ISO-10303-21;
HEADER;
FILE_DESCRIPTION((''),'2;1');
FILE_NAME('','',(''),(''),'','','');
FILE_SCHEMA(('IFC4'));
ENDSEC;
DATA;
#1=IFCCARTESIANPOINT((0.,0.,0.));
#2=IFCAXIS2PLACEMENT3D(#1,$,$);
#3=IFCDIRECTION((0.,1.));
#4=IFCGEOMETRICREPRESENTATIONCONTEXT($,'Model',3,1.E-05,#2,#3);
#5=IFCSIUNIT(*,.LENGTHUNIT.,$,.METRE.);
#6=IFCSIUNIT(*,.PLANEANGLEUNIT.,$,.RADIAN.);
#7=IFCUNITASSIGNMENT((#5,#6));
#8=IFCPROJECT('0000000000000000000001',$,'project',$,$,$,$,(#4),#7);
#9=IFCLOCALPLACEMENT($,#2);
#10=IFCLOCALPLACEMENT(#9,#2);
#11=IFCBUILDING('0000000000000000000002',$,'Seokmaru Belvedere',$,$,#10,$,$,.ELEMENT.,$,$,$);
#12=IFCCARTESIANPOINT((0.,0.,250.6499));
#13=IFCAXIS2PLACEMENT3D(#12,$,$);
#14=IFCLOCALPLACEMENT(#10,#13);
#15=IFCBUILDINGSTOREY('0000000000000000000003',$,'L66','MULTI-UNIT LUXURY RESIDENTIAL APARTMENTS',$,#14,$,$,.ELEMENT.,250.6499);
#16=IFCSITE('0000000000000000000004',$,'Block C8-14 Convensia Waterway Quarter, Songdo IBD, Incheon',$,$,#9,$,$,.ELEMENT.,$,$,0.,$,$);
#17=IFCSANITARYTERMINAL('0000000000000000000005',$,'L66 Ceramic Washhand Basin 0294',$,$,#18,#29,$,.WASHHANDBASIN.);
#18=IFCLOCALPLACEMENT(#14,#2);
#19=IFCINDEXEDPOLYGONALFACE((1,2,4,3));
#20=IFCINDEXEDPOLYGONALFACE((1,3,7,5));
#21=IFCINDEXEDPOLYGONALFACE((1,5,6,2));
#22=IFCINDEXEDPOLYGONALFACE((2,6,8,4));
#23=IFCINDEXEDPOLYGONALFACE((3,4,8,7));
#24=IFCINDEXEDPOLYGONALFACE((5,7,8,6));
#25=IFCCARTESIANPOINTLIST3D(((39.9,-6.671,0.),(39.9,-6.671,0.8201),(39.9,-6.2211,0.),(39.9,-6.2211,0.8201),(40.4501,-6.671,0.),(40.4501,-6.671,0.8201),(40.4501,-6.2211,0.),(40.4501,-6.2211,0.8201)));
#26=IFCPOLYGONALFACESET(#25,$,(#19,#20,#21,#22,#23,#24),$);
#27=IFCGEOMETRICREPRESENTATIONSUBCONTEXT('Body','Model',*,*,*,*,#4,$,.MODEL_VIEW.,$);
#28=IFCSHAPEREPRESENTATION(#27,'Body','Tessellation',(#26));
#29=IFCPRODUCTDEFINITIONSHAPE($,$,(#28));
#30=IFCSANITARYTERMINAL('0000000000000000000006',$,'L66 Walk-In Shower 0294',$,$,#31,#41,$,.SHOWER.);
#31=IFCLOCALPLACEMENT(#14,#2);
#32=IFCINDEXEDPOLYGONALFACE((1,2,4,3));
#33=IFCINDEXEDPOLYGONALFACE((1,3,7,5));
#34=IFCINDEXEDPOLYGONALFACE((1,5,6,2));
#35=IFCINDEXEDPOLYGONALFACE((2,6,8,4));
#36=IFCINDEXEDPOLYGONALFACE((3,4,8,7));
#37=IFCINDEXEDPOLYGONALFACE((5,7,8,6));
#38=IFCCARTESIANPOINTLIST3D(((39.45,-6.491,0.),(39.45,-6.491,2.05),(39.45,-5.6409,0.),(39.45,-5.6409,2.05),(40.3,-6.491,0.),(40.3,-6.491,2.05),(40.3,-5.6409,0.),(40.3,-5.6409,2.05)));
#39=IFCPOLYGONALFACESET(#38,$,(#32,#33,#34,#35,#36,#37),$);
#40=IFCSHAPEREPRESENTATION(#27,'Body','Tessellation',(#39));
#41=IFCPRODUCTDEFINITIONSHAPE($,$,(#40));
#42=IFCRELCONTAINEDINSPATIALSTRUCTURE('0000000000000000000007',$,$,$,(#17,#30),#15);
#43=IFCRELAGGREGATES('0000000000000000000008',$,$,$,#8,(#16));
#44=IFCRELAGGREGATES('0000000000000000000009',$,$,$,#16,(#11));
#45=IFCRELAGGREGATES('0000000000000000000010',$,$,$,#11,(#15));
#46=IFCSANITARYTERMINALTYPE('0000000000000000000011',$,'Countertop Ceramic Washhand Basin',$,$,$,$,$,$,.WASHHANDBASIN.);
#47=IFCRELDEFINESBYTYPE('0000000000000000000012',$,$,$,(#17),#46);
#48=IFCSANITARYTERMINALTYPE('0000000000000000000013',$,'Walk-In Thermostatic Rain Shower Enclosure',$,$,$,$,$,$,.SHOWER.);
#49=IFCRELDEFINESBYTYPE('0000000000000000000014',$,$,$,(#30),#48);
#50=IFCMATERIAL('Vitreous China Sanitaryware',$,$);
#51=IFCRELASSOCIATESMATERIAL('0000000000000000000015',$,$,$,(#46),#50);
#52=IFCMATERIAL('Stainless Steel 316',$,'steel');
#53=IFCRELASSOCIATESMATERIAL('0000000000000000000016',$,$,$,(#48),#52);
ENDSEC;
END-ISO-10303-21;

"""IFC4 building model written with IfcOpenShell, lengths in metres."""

from ifc_helpers import new_model, si_unit, direction, frame, origin, origin_2d, place, context, subcontext, project, spatial, rectangle, extrude, source, transform, mapped, material, type_object, type_shapes, element, save


model = new_model("IFC4")

# Units and contexts
model_context = context("Model", 3, precision=1e-05, world=origin(), true_north=direction((0.0, 1.0)))
body_context = subcontext(model_context, "Body", "Model", "MODEL_VIEW")
ifc_project = project(units=[si_unit("LENGTHUNIT", "METRE"), si_unit("PLANEANGLEUNIT", "RADIAN")], contexts=[model_context])

# Site, building, storey
site_placement = place(None, origin())
site = spatial("IfcSite", under=ifc_project, at=site_placement, Name="Block C8-14 Convensia Waterway Quarter, Songdo IBD, Incheon", CompositionType="ELEMENT", RefElevation=0.0)
building_placement = place(site_placement, origin())
building = spatial("IfcBuilding", under=site, at=building_placement, Name="Seokmaru Belvedere", CompositionType="ELEMENT")
storey_placement = place(building_placement, frame((0.0, 0.0, 250.6499)))
storey = spatial("IfcBuildingStorey", under=building, at=storey_placement, Name="L66", Description="MULTI-UNIT LUXURY RESIDENTIAL APARTMENTS", CompositionType="ELEMENT", Elevation=250.6499)

# Shared definitions
ifc_material_1 = material(Name="Stainless Steel 316", Category="steel")

# Sanitary terminals
ifc_material_2 = material(Name="Vitreous China Sanitaryware")
sanitary_terminal_type_1 = type_object("IfcSanitaryTerminalType", Name="Countertop Ceramic Washhand Basin", PredefinedType="WASHHANDBASIN", material=ifc_material_2)
shared_shape_1 = source(origin(), body_context, "Body", "SweptSolid", [
    extrude(rectangle(XDim=0.55, YDim=0.45, at=origin_2d()), origin(), (0.0, 0.0, 1.0), 0.8201),
])
type_shapes(sanitary_terminal_type_1, [shared_shape_1])
sanitary_terminal_1_placement = place(storey_placement, frame((40.175, -6.446, 0.0), z_axis=(0.0, 0.0, 1.0), x_axis=(1.0, 0.0, 0.0)))
element("IfcSanitaryTerminal", 1, at=sanitary_terminal_1_placement, inside=storey, type_object=sanitary_terminal_type_1, Name="L66 Ceramic Washhand Basin 0294", PredefinedType="WASHHANDBASIN", context=body_context, shape_type="MappedRepresentation", body=[
    mapped(shared_shape_1, transform((0.0, 0.0, 0.0), scale=1.0)),
])
sanitary_terminal_type_2 = type_object("IfcSanitaryTerminalType", Name="Walk-In Thermostatic Rain Shower Enclosure", PredefinedType="SHOWER", material=ifc_material_1)
shared_shape_2 = source(origin(), body_context, "Body", "SweptSolid", [
    extrude(rectangle(XDim=0.8501, YDim=0.8501, at=origin_2d()), origin(), (0.0, 0.0, 1.0), 2.05),
])
type_shapes(sanitary_terminal_type_2, [shared_shape_2])
sanitary_terminal_2_placement = place(storey_placement, frame((39.875, -6.0659, 0.0), z_axis=(0.0, 0.0, 1.0), x_axis=(1.0, 0.0, 0.0)))
element("IfcSanitaryTerminal", 2, at=sanitary_terminal_2_placement, inside=storey, type_object=sanitary_terminal_type_2, Name="L66 Walk-In Shower 0294", PredefinedType="SHOWER", context=body_context, shape_type="MappedRepresentation", body=[
    mapped(shared_shape_2, transform((0.0, 0.0, 0.0), scale=1.0)),
])

save(model, "model.ifc")
